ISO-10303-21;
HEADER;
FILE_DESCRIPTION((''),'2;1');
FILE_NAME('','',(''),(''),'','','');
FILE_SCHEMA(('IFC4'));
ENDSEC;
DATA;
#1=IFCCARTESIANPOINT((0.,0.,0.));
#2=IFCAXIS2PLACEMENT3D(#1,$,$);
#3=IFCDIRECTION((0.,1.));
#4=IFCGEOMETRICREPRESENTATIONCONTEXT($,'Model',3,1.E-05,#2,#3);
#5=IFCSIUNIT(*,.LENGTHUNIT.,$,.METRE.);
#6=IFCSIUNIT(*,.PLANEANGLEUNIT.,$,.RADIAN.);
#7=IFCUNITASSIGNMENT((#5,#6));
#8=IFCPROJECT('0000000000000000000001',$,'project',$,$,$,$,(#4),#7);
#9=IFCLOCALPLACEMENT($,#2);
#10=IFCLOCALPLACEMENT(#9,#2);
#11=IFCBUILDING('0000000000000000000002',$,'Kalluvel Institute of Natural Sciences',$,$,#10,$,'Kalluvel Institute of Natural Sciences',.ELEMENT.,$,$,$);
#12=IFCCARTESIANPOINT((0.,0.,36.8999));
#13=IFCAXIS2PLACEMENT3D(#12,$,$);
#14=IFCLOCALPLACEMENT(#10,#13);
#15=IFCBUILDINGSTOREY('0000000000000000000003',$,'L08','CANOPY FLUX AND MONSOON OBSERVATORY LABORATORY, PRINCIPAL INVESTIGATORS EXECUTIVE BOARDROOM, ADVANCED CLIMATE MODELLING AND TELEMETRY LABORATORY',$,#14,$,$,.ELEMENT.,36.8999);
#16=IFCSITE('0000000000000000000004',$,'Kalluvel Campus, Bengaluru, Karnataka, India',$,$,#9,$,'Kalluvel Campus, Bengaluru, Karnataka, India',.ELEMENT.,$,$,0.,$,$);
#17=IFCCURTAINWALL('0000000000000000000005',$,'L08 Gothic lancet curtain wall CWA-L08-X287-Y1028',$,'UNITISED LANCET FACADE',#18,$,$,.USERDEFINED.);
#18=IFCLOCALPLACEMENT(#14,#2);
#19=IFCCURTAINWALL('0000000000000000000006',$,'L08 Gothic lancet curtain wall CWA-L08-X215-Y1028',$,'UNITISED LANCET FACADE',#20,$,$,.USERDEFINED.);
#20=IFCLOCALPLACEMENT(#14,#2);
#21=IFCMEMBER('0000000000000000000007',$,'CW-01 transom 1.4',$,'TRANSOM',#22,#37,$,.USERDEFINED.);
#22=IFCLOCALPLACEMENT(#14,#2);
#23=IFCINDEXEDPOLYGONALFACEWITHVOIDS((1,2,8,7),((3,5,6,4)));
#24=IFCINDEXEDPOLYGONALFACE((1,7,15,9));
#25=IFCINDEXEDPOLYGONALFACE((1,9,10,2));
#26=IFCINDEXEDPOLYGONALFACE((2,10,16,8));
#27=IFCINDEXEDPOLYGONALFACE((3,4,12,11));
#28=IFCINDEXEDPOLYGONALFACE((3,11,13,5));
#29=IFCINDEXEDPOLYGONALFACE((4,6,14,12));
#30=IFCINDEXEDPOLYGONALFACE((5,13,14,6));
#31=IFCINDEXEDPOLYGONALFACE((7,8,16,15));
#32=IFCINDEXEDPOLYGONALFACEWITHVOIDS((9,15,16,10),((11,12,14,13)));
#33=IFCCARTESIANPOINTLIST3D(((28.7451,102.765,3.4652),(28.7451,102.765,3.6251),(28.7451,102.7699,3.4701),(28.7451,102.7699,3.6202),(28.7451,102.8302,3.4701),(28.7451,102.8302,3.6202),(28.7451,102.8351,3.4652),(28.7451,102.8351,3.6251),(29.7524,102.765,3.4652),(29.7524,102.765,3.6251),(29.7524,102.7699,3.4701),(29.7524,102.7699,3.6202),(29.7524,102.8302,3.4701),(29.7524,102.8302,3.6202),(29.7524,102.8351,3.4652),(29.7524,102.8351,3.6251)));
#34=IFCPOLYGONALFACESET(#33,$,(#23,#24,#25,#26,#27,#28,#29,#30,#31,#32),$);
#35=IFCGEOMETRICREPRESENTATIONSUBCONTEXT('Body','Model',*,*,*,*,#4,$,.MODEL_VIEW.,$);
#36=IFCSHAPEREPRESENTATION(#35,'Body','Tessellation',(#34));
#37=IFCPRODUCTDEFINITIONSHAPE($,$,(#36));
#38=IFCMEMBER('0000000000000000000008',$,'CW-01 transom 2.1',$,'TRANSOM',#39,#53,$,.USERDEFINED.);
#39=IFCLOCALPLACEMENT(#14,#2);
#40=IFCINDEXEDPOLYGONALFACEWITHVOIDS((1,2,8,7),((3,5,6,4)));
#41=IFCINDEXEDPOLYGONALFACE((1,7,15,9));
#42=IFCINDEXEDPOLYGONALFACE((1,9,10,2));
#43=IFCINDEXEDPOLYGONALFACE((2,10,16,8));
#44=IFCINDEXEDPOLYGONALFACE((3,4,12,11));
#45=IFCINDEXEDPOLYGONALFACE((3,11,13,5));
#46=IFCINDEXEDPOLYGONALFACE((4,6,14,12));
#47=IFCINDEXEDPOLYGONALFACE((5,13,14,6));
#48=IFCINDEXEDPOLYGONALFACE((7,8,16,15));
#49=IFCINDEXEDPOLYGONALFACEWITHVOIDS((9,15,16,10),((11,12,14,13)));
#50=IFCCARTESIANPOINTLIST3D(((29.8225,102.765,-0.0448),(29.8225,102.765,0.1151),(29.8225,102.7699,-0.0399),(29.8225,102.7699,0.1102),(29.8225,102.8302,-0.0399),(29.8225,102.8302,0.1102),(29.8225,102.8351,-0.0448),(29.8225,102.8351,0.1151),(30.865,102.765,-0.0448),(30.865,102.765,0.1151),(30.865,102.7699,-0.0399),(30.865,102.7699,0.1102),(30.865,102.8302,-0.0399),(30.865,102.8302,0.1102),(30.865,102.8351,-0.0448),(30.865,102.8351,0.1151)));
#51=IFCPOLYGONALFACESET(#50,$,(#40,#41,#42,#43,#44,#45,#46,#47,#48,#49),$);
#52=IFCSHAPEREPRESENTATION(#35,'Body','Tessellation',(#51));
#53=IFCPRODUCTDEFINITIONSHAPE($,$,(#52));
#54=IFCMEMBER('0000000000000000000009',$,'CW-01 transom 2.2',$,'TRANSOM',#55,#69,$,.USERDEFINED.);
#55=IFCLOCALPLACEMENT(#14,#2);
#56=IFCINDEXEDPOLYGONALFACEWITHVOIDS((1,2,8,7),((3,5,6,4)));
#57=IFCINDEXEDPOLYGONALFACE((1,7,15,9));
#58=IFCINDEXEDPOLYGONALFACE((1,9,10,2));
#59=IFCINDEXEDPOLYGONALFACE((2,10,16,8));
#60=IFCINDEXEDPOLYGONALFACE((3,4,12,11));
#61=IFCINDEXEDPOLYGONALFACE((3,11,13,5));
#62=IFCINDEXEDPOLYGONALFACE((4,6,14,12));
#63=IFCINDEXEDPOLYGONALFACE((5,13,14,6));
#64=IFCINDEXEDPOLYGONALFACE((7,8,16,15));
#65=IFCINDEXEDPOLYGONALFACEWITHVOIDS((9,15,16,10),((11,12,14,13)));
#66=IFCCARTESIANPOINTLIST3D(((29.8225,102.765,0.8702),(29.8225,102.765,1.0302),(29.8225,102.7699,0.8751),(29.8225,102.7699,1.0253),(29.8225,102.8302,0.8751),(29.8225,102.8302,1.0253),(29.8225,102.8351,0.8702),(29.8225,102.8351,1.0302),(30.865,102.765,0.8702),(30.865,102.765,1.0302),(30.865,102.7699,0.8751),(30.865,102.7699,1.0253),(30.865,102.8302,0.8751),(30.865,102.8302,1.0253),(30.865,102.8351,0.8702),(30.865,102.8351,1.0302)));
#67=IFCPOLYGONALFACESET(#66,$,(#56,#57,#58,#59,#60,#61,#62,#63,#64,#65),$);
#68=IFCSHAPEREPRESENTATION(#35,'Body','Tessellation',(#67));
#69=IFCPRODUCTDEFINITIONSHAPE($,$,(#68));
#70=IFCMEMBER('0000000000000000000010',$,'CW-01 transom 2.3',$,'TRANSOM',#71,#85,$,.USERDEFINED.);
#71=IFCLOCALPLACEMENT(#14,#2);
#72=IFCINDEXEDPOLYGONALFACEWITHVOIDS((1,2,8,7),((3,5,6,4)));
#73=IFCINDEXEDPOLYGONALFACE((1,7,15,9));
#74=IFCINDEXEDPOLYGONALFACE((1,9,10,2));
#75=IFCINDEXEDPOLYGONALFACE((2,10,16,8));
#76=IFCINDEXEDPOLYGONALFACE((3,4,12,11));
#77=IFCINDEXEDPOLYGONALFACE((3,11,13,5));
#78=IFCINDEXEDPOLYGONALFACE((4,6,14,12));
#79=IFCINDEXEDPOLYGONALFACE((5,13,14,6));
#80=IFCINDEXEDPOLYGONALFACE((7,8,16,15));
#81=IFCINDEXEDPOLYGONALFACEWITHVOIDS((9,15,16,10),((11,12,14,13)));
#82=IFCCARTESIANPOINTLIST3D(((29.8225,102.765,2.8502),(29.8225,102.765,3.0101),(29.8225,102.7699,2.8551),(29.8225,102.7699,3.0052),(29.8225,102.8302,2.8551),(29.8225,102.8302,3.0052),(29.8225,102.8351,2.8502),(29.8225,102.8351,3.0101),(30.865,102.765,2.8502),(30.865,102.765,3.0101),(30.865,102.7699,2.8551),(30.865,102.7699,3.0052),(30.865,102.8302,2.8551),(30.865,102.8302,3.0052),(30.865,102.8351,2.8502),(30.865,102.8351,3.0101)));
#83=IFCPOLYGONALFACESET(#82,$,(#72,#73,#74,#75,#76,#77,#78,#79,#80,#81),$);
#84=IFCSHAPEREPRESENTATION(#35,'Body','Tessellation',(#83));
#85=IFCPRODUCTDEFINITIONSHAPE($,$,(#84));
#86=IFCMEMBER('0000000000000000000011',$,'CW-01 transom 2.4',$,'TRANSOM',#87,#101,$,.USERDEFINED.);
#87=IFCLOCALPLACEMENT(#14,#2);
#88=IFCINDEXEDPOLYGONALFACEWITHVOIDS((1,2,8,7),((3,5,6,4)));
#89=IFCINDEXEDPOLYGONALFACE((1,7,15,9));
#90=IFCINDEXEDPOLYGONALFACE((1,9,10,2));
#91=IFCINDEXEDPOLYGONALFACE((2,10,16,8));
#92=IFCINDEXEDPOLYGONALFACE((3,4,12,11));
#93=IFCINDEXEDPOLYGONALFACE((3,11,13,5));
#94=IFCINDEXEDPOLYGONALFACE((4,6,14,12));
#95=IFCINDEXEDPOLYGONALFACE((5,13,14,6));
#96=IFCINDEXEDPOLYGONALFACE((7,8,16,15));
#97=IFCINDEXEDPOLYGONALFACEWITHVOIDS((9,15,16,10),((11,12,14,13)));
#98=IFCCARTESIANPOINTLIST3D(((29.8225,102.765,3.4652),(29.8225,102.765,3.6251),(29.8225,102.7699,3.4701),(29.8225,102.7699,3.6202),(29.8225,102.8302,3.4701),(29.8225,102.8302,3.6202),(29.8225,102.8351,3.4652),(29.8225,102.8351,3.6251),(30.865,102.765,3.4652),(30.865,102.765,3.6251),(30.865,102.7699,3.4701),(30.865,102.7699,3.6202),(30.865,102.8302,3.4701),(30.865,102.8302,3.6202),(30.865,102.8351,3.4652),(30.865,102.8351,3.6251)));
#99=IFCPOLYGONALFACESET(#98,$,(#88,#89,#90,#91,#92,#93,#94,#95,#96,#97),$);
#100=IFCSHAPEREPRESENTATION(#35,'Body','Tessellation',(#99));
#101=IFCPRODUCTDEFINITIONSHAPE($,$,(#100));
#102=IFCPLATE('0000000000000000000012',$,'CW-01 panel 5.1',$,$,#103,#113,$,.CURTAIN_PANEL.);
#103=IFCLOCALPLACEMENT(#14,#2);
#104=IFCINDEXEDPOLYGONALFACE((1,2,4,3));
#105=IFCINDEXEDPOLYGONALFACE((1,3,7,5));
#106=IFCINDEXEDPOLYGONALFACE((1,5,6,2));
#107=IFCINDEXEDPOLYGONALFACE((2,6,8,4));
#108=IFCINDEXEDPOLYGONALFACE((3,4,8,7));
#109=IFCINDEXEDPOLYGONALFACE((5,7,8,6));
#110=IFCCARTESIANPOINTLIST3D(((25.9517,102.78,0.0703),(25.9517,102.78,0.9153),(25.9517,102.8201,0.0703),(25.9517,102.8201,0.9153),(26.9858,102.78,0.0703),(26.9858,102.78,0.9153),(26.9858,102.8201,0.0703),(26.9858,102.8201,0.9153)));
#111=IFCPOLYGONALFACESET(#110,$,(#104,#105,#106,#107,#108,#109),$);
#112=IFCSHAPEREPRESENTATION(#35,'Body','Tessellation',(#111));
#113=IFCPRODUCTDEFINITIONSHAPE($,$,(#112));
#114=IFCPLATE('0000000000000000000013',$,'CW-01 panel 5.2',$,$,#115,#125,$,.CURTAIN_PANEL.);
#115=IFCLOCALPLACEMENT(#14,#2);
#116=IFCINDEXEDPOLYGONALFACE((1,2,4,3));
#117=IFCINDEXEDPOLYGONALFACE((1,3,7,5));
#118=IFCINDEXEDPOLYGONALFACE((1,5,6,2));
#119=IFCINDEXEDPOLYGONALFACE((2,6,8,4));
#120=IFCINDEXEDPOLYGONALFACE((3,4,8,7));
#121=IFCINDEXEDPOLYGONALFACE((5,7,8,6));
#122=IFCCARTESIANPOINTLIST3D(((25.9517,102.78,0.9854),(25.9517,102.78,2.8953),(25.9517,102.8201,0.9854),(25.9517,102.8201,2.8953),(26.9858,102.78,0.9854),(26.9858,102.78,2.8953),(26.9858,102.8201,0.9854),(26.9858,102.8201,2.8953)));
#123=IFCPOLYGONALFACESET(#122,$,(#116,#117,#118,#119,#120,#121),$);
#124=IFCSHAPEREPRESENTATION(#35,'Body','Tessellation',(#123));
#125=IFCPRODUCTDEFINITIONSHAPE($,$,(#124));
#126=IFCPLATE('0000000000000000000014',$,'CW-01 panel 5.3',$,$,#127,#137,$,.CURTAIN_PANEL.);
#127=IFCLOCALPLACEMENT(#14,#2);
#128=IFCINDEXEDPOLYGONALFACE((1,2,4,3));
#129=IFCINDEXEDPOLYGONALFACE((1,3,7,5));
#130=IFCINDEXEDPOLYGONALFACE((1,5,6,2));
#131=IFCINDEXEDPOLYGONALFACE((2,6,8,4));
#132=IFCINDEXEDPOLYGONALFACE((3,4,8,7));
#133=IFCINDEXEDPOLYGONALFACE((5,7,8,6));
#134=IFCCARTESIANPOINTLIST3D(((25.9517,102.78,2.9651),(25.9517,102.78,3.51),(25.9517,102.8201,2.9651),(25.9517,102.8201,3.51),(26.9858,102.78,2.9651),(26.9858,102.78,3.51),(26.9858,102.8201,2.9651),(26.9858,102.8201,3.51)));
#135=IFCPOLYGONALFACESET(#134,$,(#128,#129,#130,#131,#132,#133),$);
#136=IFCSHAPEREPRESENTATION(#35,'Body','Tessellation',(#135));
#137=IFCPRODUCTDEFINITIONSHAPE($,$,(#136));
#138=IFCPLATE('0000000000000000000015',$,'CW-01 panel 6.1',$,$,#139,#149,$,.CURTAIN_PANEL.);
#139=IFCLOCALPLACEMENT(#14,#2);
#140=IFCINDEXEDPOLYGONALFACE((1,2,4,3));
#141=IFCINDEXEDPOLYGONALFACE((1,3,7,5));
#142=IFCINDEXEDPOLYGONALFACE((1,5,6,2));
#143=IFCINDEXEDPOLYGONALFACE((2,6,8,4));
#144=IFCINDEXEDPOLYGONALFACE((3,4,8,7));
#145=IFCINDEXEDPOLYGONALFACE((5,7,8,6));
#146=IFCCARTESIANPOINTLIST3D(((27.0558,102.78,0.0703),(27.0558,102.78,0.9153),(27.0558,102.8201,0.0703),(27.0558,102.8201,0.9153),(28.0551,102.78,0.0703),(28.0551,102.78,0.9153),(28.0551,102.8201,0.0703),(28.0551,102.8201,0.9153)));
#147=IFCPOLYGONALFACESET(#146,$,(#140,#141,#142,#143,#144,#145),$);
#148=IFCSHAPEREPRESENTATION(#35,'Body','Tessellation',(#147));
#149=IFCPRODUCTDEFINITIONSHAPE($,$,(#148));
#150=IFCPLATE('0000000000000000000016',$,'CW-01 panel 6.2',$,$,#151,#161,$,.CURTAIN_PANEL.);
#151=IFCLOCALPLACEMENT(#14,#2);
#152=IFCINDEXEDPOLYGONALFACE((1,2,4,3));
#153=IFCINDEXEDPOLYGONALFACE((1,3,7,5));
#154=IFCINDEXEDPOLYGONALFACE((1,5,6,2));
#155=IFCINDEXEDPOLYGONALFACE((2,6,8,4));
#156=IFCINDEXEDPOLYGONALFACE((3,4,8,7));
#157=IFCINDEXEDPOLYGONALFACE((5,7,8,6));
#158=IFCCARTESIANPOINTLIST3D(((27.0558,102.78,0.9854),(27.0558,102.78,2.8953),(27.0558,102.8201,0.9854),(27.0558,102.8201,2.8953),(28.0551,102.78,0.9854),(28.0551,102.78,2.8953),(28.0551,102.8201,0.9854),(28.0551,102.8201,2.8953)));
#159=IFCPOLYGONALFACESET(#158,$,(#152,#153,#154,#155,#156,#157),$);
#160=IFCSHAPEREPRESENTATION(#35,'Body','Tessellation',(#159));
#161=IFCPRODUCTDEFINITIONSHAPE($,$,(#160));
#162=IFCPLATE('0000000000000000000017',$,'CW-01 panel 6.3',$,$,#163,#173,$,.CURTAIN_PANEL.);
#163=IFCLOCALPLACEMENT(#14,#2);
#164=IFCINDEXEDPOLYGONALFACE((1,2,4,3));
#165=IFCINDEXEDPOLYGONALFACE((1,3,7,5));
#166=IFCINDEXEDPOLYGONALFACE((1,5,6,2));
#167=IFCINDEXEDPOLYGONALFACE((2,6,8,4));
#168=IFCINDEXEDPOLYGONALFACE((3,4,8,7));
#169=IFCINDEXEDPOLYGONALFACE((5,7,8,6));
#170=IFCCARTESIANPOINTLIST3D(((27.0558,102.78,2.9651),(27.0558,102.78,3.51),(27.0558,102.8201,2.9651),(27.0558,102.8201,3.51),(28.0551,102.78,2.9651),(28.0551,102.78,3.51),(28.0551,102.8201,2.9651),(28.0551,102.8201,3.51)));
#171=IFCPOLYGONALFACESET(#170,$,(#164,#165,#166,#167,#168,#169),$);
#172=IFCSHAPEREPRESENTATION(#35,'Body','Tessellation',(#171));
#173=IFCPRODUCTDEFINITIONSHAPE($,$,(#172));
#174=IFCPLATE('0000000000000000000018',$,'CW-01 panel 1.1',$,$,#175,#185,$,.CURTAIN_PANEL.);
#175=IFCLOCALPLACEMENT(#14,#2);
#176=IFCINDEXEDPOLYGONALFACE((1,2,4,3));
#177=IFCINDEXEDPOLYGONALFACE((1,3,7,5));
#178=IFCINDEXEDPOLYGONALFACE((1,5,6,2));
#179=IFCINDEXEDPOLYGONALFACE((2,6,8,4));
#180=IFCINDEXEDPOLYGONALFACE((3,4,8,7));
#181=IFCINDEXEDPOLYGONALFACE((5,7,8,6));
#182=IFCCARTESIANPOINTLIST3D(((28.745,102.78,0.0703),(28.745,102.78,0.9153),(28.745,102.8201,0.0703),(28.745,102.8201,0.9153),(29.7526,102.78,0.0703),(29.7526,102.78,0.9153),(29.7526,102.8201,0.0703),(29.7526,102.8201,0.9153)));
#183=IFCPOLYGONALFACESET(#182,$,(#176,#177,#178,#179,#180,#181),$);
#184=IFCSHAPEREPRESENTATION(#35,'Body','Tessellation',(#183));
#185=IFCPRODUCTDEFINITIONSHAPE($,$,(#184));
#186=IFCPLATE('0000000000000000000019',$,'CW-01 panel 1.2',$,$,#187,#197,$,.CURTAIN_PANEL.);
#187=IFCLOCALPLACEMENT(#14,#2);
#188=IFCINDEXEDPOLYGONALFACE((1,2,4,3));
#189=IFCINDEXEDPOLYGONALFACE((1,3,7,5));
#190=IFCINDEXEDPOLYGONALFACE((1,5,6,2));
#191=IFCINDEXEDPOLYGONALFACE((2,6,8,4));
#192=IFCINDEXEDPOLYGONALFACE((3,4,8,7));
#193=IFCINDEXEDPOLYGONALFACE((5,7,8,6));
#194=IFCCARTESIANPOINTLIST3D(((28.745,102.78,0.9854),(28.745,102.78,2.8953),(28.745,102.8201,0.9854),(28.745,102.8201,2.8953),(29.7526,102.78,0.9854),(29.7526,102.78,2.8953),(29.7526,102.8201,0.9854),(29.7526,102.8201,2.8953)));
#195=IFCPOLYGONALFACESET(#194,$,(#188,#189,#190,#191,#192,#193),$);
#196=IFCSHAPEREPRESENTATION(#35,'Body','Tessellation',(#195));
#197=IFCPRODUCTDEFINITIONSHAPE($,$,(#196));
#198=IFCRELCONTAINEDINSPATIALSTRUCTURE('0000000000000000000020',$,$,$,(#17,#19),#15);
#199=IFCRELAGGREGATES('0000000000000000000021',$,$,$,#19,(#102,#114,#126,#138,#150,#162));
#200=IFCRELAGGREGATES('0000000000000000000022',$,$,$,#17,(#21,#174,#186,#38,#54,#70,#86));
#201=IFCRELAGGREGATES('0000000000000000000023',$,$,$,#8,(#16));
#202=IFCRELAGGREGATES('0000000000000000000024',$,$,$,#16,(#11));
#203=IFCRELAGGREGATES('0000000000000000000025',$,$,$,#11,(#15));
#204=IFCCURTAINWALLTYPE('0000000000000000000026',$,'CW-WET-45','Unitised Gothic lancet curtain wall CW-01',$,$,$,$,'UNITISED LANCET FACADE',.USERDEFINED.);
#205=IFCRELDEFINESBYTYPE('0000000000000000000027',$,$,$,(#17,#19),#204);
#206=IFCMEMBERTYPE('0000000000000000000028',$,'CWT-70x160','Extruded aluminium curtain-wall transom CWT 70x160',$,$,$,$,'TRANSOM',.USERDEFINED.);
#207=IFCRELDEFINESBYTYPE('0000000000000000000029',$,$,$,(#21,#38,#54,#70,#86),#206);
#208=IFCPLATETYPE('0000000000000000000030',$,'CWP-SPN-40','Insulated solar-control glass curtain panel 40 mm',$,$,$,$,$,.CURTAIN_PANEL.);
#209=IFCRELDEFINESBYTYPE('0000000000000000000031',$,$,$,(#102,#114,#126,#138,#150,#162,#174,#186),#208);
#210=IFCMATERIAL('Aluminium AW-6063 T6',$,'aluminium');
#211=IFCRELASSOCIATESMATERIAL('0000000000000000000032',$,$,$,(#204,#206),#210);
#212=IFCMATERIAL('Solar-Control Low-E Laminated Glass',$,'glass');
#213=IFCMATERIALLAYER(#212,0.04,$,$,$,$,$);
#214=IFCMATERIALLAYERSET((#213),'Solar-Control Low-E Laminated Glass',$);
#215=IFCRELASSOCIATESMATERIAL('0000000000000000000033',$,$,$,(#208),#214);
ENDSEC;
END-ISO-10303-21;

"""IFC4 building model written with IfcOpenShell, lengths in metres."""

from ifc_helpers import new_model, si_unit, direction, frame, origin, origin_2d, place, context, subcontext, project, spatial, rectangle, hollow_rectangle, extrude, material, layer, layer_set, material_profile, profile_set, type_object, element, aggregate, save


model = new_model("IFC4")

# Units and contexts
model_context = context("Model", 3, precision=1e-05, world=origin(), true_north=direction((0.0, 1.0)))
body_context = subcontext(model_context, "Body", "Model", "MODEL_VIEW")
ifc_project = project(units=[si_unit("LENGTHUNIT", "METRE"), si_unit("PLANEANGLEUNIT", "RADIAN")], contexts=[model_context])

# Site, building, storey
site_placement = place(None, origin())
site = spatial("IfcSite", under=ifc_project, at=site_placement, Name="Kalluvel Campus, Bengaluru, Karnataka, India", LongName="Kalluvel Campus, Bengaluru, Karnataka, India", CompositionType="ELEMENT", RefElevation=0.0)
building_placement = place(site_placement, origin())
building = spatial("IfcBuilding", under=site, at=building_placement, Name="Kalluvel Institute of Natural Sciences", LongName="Kalluvel Institute of Natural Sciences", CompositionType="ELEMENT")
storey_placement = place(building_placement, frame((0.0, 0.0, 36.8999)))
storey = spatial("IfcBuildingStorey", under=building, at=storey_placement, Name="L08", Description="CANOPY FLUX AND MONSOON OBSERVATORY LABORATORY, PRINCIPAL INVESTIGATORS EXECUTIVE BOARDROOM, ADVANCED CLIMATE MODELLING AND TELEMETRY LABORATORY", CompositionType="ELEMENT", Elevation=36.8999)

# Curtain walls
ifc_material_1 = material(Name="Aluminium AW-6063 T6", Category="aluminium")
curtain_wall_type = type_object("IfcCurtainWallType", Name="CW-WET-45", Description="Unitised Gothic lancet curtain wall CW-01", ElementType="UNITISED LANCET FACADE", PredefinedType="USERDEFINED", material=ifc_material_1)
curtain_wall_1_placement = place(storey_placement, origin())
curtain_wall_1 = element("IfcCurtainWall", 1, at=curtain_wall_1_placement, inside=storey, type_object=curtain_wall_type, Name="L08 Gothic lancet curtain wall CWA-L08-X287-Y1028", ObjectType="UNITISED LANCET FACADE", PredefinedType="USERDEFINED")
curtain_wall_2_placement = place(storey_placement, origin())
curtain_wall_2 = element("IfcCurtainWall", 2, at=curtain_wall_2_placement, inside=storey, type_object=curtain_wall_type, Name="L08 Gothic lancet curtain wall CWA-L08-X215-Y1028", ObjectType="UNITISED LANCET FACADE", PredefinedType="USERDEFINED")
ifc_material_profile_1 = material_profile(ifc_material_1, hollow_rectangle(XDim=0.0701, YDim=0.1599, WallThickness=0.0049, at=origin_2d()), Name="CWT 70x160")
ifc_profile_set_1 = profile_set([ifc_material_profile_1], Name="Aluminium AW-6063 T6")
member_type_1 = type_object("IfcMemberType", Name="CWT-70x160", Description="Extruded aluminium curtain-wall transom CWT 70x160", ElementType="TRANSOM", PredefinedType="USERDEFINED", material=ifc_profile_set_1)

# Members
member_1_placement = place(storey_placement, frame((28.7451, 102.8, 3.5452), z_axis=(1.0, 0.0, 0.0), x_axis=(0.0, 1.0, 0.0)))
member_1 = element("IfcMember", 3, at=member_1_placement, type_object=member_type_1, Name="CW-01 transom 1.4", ObjectType="TRANSOM", PredefinedType="USERDEFINED", context=body_context, shape_type="SweptSolid", body=[
    extrude(hollow_rectangle(XDim=0.0701, YDim=0.1599, WallThickness=0.0049, at=origin_2d()), origin(), (0.0, 0.0, 1.0), 1.0073),
])
member_2_placement = place(storey_placement, frame((29.8225, 102.8, 0.0352), z_axis=(1.0, 0.0, 0.0), x_axis=(0.0, 1.0, 0.0)))
member_2 = element("IfcMember", 4, at=member_2_placement, type_object=member_type_1, Name="CW-01 transom 2.1", ObjectType="TRANSOM", PredefinedType="USERDEFINED", context=body_context, shape_type="SweptSolid", body=[
    extrude(hollow_rectangle(XDim=0.0701, YDim=0.1599, WallThickness=0.0049, at=origin_2d()), origin(), (0.0, 0.0, 1.0), 1.0425),
])
member_3_placement = place(storey_placement, frame((29.8225, 102.8, 0.9502), z_axis=(1.0, 0.0, 0.0), x_axis=(0.0, 1.0, 0.0)))
member_3 = element("IfcMember", 5, at=member_3_placement, type_object=member_type_1, Name="CW-01 transom 2.2", ObjectType="TRANSOM", PredefinedType="USERDEFINED", context=body_context, shape_type="SweptSolid", body=[
    extrude(hollow_rectangle(XDim=0.0701, YDim=0.1599, WallThickness=0.0049, at=origin_2d()), origin(), (0.0, 0.0, 1.0), 1.0425),
])
member_4_placement = place(storey_placement, frame((29.8225, 102.8, 2.9302), z_axis=(1.0, 0.0, 0.0), x_axis=(0.0, 1.0, 0.0)))
member_4 = element("IfcMember", 6, at=member_4_placement, type_object=member_type_1, Name="CW-01 transom 2.3", ObjectType="TRANSOM", PredefinedType="USERDEFINED", context=body_context, shape_type="SweptSolid", body=[
    extrude(hollow_rectangle(XDim=0.0701, YDim=0.1599, WallThickness=0.0049, at=origin_2d()), origin(), (0.0, 0.0, 1.0), 1.0425),
])
member_5_placement = place(storey_placement, frame((29.8225, 102.8, 3.5452), z_axis=(1.0, 0.0, 0.0), x_axis=(0.0, 1.0, 0.0)))
member_5 = element("IfcMember", 7, at=member_5_placement, type_object=member_type_1, Name="CW-01 transom 2.4", ObjectType="TRANSOM", PredefinedType="USERDEFINED", context=body_context, shape_type="SweptSolid", body=[
    extrude(hollow_rectangle(XDim=0.0701, YDim=0.1599, WallThickness=0.0049, at=origin_2d()), origin(), (0.0, 0.0, 1.0), 1.0425),
])

# Plates
ifc_material_2 = material(Name="Solar-Control Low-E Laminated Glass", Category="glass")
ifc_layer = layer(ifc_material_2, 0.04)
ifc_layer_set = layer_set([ifc_layer], Name="Solar-Control Low-E Laminated Glass")
plate_type = type_object("IfcPlateType", Name="CWP-SPN-40", Description="Insulated solar-control glass curtain panel 40 mm", PredefinedType="CURTAIN_PANEL", material=ifc_layer_set)
plate_1_placement = place(storey_placement, frame((26.4688, 102.8, 0.0703), z_axis=(0.0, 0.0, 1.0), x_axis=(1.0, 0.0, 0.0)))
plate_1 = element("IfcPlate", 8, at=plate_1_placement, type_object=plate_type, Name="CW-01 panel 5.1", PredefinedType="CURTAIN_PANEL", context=body_context, shape_type="SweptSolid", body=[
    extrude(rectangle(XDim=1.0342, YDim=0.04, at=origin_2d()), origin(), (0.0, 0.0, 1.0), 0.845),
])
plate_2_placement = place(storey_placement, frame((26.4688, 102.8, 0.9854), z_axis=(0.0, 0.0, 1.0), x_axis=(1.0, 0.0, 0.0)))
plate_2 = element("IfcPlate", 9, at=plate_2_placement, type_object=plate_type, Name="CW-01 panel 5.2", PredefinedType="CURTAIN_PANEL", context=body_context, shape_type="SweptSolid", body=[
    extrude(rectangle(XDim=1.0342, YDim=0.04, at=origin_2d()), origin(), (0.0, 0.0, 1.0), 1.9099),
])
plate_3_placement = place(storey_placement, frame((26.4688, 102.8, 2.9651), z_axis=(0.0, 0.0, 1.0), x_axis=(1.0, 0.0, 0.0)))
plate_3 = element("IfcPlate", 10, at=plate_3_placement, type_object=plate_type, Name="CW-01 panel 5.3", PredefinedType="CURTAIN_PANEL", context=body_context, shape_type="SweptSolid", body=[
    extrude(rectangle(XDim=1.0342, YDim=0.04, at=origin_2d()), origin(), (0.0, 0.0, 1.0), 0.5449),
])
plate_4_placement = place(storey_placement, frame((27.5554, 102.8, 0.0703), z_axis=(0.0, 0.0, 1.0), x_axis=(1.0, 0.0, 0.0)))
plate_4 = element("IfcPlate", 11, at=plate_4_placement, type_object=plate_type, Name="CW-01 panel 6.1", PredefinedType="CURTAIN_PANEL", context=body_context, shape_type="SweptSolid", body=[
    extrude(rectangle(XDim=0.9993, YDim=0.04, at=origin_2d()), origin(), (0.0, 0.0, 1.0), 0.845),
])
plate_5_placement = place(storey_placement, frame((27.5554, 102.8, 0.9854), z_axis=(0.0, 0.0, 1.0), x_axis=(1.0, 0.0, 0.0)))
plate_5 = element("IfcPlate", 12, at=plate_5_placement, type_object=plate_type, Name="CW-01 panel 6.2", PredefinedType="CURTAIN_PANEL", context=body_context, shape_type="SweptSolid", body=[
    extrude(rectangle(XDim=0.9993, YDim=0.04, at=origin_2d()), origin(), (0.0, 0.0, 1.0), 1.9099),
])
plate_6_placement = place(storey_placement, frame((27.5554, 102.8, 2.9651), z_axis=(0.0, 0.0, 1.0), x_axis=(1.0, 0.0, 0.0)))
plate_6 = element("IfcPlate", 13, at=plate_6_placement, type_object=plate_type, Name="CW-01 panel 6.3", PredefinedType="CURTAIN_PANEL", context=body_context, shape_type="SweptSolid", body=[
    extrude(rectangle(XDim=0.9993, YDim=0.04, at=origin_2d()), origin(), (0.0, 0.0, 1.0), 0.5449),
])
aggregate(curtain_wall_2, [plate_1, plate_2, plate_3, plate_4, plate_5, plate_6])
plate_7_placement = place(storey_placement, frame((29.2488, 102.8, 0.0703), z_axis=(0.0, 0.0, 1.0), x_axis=(1.0, 0.0, 0.0)))
plate_7 = element("IfcPlate", 14, at=plate_7_placement, type_object=plate_type, Name="CW-01 panel 1.1", PredefinedType="CURTAIN_PANEL", context=body_context, shape_type="SweptSolid", body=[
    extrude(rectangle(XDim=1.0076, YDim=0.04, at=origin_2d()), origin(), (0.0, 0.0, 1.0), 0.845),
])
plate_8_placement = place(storey_placement, frame((29.2488, 102.8, 0.9854), z_axis=(0.0, 0.0, 1.0), x_axis=(1.0, 0.0, 0.0)))
plate_8 = element("IfcPlate", 15, at=plate_8_placement, type_object=plate_type, Name="CW-01 panel 1.2", PredefinedType="CURTAIN_PANEL", context=body_context, shape_type="SweptSolid", body=[
    extrude(rectangle(XDim=1.0076, YDim=0.04, at=origin_2d()), origin(), (0.0, 0.0, 1.0), 1.9099),
])
aggregate(curtain_wall_1, [member_1, plate_7, plate_8, member_2, member_3, member_4, member_5])

save(model, "model.ifc")
